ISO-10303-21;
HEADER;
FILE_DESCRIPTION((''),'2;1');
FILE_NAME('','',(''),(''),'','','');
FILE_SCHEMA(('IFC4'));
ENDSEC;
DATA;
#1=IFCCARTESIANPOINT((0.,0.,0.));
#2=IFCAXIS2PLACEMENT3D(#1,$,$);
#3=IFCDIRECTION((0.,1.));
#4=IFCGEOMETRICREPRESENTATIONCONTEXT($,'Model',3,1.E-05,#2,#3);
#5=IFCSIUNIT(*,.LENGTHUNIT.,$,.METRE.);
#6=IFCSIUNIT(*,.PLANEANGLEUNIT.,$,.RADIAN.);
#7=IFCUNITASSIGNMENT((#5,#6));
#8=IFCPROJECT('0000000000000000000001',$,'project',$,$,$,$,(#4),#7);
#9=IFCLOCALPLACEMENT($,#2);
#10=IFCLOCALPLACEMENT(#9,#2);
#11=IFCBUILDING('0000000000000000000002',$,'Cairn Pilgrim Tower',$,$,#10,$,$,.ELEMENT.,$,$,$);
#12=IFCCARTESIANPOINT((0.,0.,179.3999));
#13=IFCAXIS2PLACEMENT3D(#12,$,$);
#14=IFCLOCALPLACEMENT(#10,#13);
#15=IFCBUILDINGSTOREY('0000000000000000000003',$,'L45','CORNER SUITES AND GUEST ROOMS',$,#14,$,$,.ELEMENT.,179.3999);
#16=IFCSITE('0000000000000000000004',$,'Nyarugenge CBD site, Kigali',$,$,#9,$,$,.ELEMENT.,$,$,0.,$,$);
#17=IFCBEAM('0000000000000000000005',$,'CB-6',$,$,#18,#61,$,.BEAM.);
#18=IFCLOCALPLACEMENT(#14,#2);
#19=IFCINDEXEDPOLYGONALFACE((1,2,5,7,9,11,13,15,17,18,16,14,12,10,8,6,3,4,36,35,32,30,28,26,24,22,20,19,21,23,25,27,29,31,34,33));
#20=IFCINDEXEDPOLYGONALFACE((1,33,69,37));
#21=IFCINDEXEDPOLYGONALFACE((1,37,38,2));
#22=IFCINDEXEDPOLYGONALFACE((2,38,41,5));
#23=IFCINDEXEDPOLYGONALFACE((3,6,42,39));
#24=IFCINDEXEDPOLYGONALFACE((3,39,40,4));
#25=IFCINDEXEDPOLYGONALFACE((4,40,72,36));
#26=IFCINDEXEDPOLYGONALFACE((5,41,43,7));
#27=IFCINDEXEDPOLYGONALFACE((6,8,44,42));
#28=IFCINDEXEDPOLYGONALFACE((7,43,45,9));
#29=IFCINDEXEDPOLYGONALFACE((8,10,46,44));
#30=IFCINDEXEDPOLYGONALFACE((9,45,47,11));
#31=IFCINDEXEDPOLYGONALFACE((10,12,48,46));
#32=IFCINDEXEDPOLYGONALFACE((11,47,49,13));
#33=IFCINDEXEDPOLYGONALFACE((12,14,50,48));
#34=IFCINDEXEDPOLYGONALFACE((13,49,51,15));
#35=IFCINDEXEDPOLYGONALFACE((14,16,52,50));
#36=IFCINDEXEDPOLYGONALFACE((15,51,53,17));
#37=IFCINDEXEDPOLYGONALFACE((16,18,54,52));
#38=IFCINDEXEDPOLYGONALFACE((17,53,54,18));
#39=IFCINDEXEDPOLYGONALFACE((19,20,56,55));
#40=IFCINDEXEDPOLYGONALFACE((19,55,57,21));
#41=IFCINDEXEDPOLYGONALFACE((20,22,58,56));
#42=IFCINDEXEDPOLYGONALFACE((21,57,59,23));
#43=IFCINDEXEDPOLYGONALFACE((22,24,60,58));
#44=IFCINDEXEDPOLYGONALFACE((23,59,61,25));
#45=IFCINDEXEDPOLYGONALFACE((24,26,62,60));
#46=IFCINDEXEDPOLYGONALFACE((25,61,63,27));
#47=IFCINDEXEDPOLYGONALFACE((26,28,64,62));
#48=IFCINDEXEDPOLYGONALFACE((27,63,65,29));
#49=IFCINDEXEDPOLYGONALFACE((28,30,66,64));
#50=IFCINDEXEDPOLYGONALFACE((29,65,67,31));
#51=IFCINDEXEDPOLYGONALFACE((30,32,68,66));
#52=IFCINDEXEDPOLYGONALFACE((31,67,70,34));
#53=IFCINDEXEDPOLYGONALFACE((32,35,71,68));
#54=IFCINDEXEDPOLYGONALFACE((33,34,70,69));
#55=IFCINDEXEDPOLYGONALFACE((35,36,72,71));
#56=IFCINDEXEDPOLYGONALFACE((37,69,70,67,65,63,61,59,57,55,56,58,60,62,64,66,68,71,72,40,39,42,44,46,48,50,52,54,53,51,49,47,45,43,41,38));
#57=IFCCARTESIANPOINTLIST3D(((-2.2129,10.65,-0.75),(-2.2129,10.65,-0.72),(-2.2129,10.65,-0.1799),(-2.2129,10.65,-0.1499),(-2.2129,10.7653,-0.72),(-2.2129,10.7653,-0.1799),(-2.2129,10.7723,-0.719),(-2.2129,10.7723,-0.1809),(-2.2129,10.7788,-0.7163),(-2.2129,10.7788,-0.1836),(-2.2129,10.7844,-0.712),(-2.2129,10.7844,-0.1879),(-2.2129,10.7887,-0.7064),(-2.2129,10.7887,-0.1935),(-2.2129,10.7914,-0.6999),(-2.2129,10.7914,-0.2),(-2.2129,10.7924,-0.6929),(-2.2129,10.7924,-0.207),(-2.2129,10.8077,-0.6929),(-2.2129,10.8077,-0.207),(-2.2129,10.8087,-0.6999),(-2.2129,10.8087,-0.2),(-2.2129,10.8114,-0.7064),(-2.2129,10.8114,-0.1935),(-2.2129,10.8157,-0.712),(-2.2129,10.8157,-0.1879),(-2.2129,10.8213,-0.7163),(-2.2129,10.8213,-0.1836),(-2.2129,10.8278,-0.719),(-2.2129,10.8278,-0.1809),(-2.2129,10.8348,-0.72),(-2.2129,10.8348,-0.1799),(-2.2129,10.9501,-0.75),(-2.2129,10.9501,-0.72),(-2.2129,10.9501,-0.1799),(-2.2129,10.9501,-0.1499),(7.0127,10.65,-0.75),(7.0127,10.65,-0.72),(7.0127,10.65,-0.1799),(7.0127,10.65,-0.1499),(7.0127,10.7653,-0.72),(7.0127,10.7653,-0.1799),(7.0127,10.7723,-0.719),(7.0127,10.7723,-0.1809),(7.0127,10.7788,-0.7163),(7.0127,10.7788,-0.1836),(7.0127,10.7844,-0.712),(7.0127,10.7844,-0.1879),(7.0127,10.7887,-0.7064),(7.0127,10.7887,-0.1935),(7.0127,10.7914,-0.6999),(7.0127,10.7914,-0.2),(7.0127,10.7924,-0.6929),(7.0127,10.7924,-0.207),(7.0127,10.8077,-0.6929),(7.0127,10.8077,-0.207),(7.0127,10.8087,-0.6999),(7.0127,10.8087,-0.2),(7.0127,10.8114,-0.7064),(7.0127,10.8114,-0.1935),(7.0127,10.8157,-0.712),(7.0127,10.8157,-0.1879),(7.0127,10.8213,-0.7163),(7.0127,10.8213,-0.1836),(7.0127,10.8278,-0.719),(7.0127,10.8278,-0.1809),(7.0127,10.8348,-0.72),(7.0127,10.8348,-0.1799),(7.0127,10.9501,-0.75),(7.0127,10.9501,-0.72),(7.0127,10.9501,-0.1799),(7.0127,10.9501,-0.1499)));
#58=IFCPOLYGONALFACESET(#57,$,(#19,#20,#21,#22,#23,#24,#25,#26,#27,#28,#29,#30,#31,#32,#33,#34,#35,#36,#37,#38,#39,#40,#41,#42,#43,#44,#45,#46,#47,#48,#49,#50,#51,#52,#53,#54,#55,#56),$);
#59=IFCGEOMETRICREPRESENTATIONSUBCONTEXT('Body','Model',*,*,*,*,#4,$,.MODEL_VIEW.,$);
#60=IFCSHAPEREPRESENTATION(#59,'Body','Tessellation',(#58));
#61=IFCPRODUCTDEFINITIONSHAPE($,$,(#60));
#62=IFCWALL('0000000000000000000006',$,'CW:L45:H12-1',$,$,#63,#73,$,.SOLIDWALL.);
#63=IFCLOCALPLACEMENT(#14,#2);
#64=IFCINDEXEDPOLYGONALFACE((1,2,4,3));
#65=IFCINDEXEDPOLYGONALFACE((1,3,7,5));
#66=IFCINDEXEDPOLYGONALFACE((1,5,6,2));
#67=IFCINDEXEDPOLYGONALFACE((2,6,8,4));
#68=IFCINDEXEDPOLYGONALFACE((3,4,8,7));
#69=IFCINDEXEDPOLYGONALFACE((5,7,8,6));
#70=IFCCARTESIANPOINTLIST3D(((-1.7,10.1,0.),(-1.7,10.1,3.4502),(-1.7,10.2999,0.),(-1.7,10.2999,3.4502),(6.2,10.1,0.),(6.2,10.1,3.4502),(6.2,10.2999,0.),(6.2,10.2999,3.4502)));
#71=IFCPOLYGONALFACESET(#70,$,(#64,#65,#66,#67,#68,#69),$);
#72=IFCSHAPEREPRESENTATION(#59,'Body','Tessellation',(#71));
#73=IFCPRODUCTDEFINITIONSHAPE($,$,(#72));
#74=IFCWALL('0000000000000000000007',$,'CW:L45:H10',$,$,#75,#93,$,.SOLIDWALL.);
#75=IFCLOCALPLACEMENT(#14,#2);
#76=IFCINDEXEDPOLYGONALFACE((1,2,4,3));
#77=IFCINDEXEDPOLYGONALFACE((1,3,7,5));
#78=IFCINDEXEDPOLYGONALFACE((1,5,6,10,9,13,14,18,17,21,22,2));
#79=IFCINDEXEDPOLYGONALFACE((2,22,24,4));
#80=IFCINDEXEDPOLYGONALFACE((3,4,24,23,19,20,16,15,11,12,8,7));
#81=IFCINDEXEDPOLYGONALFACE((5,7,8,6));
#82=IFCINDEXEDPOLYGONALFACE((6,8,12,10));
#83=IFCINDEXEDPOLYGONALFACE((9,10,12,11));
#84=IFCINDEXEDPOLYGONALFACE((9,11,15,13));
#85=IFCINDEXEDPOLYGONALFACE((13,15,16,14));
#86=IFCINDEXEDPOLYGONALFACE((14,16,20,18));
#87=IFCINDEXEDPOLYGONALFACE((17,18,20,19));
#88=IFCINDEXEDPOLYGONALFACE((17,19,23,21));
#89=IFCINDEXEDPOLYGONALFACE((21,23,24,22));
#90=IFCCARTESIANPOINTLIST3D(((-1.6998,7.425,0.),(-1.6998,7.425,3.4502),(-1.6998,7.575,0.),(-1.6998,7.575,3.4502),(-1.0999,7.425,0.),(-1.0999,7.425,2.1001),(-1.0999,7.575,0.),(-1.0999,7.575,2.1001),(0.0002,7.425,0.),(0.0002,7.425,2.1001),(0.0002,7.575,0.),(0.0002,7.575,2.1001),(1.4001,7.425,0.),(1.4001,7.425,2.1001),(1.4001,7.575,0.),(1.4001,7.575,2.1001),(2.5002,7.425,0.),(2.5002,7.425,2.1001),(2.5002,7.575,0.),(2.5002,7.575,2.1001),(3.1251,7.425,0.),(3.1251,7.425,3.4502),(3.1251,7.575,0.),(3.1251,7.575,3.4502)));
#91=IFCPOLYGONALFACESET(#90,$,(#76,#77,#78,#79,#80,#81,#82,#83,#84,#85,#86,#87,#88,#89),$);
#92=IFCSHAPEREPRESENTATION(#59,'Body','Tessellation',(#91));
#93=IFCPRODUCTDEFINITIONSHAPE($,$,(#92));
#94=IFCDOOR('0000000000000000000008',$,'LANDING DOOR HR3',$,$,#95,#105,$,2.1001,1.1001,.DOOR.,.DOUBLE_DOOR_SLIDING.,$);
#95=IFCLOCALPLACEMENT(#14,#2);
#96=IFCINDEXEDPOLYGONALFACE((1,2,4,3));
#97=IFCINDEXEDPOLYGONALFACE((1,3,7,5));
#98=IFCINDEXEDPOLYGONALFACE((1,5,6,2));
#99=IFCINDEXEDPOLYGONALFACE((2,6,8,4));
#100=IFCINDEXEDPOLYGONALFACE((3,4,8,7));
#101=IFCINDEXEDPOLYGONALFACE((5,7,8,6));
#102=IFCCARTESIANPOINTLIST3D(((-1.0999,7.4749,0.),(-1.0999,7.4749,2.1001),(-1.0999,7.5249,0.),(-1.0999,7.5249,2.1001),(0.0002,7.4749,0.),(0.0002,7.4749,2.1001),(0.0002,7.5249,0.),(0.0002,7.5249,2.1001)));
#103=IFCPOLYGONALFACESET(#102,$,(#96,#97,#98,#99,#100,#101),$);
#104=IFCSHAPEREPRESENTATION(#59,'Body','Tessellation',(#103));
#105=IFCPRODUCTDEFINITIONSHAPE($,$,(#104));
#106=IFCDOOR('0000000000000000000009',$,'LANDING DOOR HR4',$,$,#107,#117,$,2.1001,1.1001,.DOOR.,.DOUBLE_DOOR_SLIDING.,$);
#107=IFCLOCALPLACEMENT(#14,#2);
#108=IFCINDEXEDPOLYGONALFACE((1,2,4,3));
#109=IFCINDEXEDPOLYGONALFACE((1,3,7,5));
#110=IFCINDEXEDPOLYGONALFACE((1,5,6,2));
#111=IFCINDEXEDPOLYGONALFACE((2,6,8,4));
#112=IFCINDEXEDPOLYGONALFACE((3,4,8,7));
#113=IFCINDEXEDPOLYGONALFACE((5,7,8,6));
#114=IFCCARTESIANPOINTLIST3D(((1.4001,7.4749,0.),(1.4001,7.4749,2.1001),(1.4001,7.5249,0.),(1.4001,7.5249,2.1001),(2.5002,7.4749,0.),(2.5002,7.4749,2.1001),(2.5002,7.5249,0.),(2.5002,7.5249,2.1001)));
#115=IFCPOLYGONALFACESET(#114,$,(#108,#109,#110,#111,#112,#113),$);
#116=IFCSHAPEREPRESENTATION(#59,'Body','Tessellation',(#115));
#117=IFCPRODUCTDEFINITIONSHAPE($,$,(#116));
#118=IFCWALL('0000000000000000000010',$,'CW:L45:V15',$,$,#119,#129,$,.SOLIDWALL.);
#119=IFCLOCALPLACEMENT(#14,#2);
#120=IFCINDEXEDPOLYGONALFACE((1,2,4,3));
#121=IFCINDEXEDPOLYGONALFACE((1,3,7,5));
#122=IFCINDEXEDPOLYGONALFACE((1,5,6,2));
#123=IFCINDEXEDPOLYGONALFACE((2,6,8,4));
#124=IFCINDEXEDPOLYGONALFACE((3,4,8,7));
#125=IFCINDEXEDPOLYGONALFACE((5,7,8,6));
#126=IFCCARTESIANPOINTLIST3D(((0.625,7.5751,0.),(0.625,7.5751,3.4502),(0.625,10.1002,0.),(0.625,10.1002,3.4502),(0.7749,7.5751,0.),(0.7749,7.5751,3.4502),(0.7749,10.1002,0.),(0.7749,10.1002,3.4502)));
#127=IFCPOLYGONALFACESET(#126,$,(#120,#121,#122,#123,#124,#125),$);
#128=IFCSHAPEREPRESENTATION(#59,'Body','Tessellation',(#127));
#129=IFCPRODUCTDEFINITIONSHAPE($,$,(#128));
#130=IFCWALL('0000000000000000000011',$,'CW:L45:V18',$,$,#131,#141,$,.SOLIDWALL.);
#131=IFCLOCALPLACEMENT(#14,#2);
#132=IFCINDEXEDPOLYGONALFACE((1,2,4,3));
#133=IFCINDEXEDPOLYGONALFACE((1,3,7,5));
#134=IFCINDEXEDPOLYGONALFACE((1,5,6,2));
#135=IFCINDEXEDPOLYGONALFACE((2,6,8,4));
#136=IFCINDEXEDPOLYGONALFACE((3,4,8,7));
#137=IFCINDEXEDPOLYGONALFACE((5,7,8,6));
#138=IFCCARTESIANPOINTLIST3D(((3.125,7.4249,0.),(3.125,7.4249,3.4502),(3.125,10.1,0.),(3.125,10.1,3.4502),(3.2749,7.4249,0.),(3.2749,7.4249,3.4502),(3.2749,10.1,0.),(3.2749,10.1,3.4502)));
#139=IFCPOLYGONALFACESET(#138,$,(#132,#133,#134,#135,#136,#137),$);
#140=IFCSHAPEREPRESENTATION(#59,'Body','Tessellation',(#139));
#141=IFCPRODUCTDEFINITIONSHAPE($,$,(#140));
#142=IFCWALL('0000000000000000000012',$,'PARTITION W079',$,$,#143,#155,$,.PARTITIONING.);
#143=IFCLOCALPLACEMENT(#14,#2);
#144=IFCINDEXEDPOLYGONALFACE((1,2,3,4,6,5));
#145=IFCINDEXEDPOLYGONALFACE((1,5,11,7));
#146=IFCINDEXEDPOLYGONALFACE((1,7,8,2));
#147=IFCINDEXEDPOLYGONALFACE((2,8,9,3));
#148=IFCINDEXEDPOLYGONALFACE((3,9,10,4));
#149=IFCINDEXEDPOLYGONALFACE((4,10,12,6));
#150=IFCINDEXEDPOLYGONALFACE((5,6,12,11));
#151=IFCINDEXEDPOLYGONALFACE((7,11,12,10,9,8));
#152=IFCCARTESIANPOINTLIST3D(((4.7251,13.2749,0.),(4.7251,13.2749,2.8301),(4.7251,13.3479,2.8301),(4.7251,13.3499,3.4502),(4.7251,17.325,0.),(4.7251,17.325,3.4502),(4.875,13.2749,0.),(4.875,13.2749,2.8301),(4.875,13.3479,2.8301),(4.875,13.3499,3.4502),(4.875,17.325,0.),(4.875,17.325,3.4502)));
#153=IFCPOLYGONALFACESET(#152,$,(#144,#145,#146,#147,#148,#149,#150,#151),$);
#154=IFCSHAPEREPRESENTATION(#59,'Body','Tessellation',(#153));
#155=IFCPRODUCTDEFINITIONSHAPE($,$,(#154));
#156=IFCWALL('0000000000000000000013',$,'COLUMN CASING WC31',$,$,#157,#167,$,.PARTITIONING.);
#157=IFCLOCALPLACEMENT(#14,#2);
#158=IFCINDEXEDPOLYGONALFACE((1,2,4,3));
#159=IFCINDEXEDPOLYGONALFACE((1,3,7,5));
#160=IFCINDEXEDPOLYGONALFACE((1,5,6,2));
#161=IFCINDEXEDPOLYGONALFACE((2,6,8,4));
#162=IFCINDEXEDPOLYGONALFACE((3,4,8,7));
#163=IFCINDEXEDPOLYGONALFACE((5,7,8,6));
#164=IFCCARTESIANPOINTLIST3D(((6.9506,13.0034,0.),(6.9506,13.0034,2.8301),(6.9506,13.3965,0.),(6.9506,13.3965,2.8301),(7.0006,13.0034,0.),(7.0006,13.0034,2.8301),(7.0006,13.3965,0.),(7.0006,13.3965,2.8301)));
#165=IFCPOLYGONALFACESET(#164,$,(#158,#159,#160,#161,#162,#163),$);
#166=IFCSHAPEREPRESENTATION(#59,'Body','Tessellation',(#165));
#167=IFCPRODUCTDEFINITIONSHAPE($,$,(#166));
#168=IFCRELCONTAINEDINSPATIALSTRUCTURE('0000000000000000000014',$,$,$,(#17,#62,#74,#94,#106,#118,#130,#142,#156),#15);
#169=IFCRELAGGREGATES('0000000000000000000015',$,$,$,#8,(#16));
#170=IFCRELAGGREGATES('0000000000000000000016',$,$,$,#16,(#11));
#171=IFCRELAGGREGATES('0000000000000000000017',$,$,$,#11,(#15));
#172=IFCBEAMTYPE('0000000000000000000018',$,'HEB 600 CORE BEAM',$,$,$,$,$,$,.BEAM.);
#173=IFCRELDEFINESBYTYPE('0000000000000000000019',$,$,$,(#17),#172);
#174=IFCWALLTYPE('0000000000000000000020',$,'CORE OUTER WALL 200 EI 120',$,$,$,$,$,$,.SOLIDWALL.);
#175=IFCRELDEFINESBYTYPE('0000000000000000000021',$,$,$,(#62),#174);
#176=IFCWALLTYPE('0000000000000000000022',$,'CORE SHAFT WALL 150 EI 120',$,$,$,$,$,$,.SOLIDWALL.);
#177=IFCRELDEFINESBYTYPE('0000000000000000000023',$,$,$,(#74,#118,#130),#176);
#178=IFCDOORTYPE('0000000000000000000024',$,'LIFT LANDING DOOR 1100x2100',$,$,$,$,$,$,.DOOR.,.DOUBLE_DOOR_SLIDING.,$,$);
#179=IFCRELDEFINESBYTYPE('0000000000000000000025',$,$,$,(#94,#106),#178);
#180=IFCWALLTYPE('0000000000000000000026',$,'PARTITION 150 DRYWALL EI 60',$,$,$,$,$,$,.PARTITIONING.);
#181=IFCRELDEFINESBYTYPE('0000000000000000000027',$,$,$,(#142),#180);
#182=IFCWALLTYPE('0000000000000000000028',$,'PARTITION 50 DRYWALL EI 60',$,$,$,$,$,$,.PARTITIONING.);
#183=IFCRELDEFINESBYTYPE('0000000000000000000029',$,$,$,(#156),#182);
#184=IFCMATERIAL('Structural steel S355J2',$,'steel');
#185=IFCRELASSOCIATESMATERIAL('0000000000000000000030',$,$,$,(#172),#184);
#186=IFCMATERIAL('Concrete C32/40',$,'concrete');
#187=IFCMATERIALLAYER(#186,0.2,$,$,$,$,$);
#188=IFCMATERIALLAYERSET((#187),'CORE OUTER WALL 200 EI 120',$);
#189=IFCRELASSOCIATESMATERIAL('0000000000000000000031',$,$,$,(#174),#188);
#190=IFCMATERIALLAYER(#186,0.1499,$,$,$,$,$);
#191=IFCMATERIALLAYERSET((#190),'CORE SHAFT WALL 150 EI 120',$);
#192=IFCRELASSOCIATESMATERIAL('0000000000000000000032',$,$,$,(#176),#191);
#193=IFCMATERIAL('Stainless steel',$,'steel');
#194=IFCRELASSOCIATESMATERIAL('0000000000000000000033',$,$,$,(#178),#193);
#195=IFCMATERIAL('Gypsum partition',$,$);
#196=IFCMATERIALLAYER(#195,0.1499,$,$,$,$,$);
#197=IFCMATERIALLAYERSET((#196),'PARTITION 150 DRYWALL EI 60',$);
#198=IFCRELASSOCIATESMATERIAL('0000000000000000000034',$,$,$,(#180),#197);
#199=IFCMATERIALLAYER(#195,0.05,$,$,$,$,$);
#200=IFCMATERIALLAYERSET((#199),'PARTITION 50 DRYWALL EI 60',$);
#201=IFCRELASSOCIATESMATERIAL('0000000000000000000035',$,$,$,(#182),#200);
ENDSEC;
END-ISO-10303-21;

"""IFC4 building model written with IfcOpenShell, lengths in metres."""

from ifc_helpers import new_model, si_unit, direction, frame, frame_2d, origin, origin_2d, place, context, subcontext, project, spatial, polyline, rectangle, i_section, outline, extrude, material, layer, layer_set, material_profile, profile_set, type_object, element, fill, save


model = new_model("IFC4")

# Units and contexts
model_context = context("Model", 3, precision=1e-05, world=origin(), true_north=direction((0.0, 1.0)))
body_context = subcontext(model_context, "Body", "Model", "MODEL_VIEW")
ifc_project = project(units=[si_unit("LENGTHUNIT", "METRE"), si_unit("PLANEANGLEUNIT", "RADIAN")], contexts=[model_context])

# Site, building, storey
site_placement = place(None, origin())
site = spatial("IfcSite", under=ifc_project, at=site_placement, Name="Nyarugenge CBD site, Kigali", CompositionType="ELEMENT", RefElevation=0.0)
building_placement = place(site_placement, origin())
building = spatial("IfcBuilding", under=site, at=building_placement, Name="Cairn Pilgrim Tower", CompositionType="ELEMENT")
storey_placement = place(building_placement, frame((0.0, 0.0, 179.3999)))
storey = spatial("IfcBuildingStorey", under=building, at=storey_placement, Name="L45", Description="CORNER SUITES AND GUEST ROOMS", CompositionType="ELEMENT", Elevation=179.3999)

# Beam
ifc_material_1 = material(Name="Structural steel S355J2", Category="steel")
ifc_material_profile = material_profile(ifc_material_1, i_section(OverallWidth=0.3, OverallDepth=0.6001, WebThickness=0.0154, FlangeThickness=0.03, FilletRadius=0.0271, at=origin_2d()), Name="HEB 600")
ifc_profile_set = profile_set([ifc_material_profile], Name="Structural steel S355J2")
beam_type = type_object("IfcBeamType", Name="HEB 600 CORE BEAM", PredefinedType="BEAM", material=ifc_profile_set)
beam_placement = place(storey_placement, frame((7.0127, 10.8, -0.45), z_axis=(-1.0, 0.0, 0.0), x_axis=(0.0, -1.0, 0.0)))
element("IfcBeam", 1, at=beam_placement, inside=storey, type_object=beam_type, Name="CB-6", PredefinedType="BEAM", context=body_context, shape_type="SweptSolid", body=[
    extrude(i_section(OverallWidth=0.3, OverallDepth=0.6001, WebThickness=0.0154, FlangeThickness=0.03, FilletRadius=0.0271, at=origin_2d()), origin(), (0.0, 0.0, 1.0), 9.2256),
])

# Wall
ifc_material_2 = material(Name="Concrete C32/40", Category="concrete")
ifc_layer_1 = layer(ifc_material_2, 0.2)
ifc_layer_set_1 = layer_set([ifc_layer_1], Name="CORE OUTER WALL 200 EI 120")
wall_type_1 = type_object("IfcWallType", Name="CORE OUTER WALL 200 EI 120", PredefinedType="SOLIDWALL", material=ifc_layer_set_1)
wall_1_placement = place(storey_placement, frame((-1.7, 10.2, 0.0), z_axis=(0.0, 0.0, 1.0), x_axis=(1.0, 0.0, 0.0)))
element("IfcWall", 2, at=wall_1_placement, inside=storey, type_object=wall_type_1, Name="CW:L45:H12-1", PredefinedType="SOLIDWALL", context=body_context, shape_type="SweptSolid", body=[
    extrude(rectangle(XDim=7.8999, YDim=0.2, at=frame_2d((3.95, 0.0))), origin(), (0.0, 0.0, 1.0), 3.4502),
])

# Wall, openings, doors
ifc_layer_2 = layer(ifc_material_2, 0.1499)
ifc_layer_set_2 = layer_set([ifc_layer_2], Name="CORE SHAFT WALL 150 EI 120")
wall_type_2 = type_object("IfcWallType", Name="CORE SHAFT WALL 150 EI 120", PredefinedType="SOLIDWALL", material=ifc_layer_set_2)
wall_2_placement = place(storey_placement, frame((-1.7, 7.5, 0.0), z_axis=(0.0, 0.0, 1.0), x_axis=(1.0, 0.0, 0.0)))
wall_2 = element("IfcWall", 3, at=wall_2_placement, inside=storey, type_object=wall_type_2, Name="CW:L45:H10", PredefinedType="SOLIDWALL", context=body_context, shape_type="SweptSolid", body=[
    extrude(rectangle(XDim=4.825, YDim=0.1499, at=frame_2d((2.4126, 0.0))), origin(), (0.0, 0.0, 1.0), 3.4502),
])
opening_1_placement = place(wall_2_placement, frame((0.6001, 0.0, 0.0)))
opening_1 = element("IfcOpeningElement", 4, at=opening_1_placement, cuts=wall_2, PredefinedType="OPENING", context=body_context, shape_type="SweptSolid", body=[
    extrude(rectangle(XDim=1.1001, YDim=2.1001, at=frame_2d((0.55, 1.05))), frame((0.0, 0.085, 0.0), z_axis=(0.0, -1.0, 0.0), x_axis=(1.0, 0.0, 0.0)), (0.0, 0.0, 1.0), 0.1699),
])
opening_2_placement = place(wall_2_placement, frame((3.1001, 0.0, 0.0)))
opening_2 = element("IfcOpeningElement", 5, at=opening_2_placement, cuts=wall_2, PredefinedType="OPENING", context=body_context, shape_type="SweptSolid", body=[
    extrude(rectangle(XDim=1.1001, YDim=2.1001, at=frame_2d((0.55, 1.05))), frame((0.0, 0.085, 0.0), z_axis=(0.0, -1.0, 0.0), x_axis=(1.0, 0.0, 0.0)), (0.0, 0.0, 1.0), 0.1699),
])
ifc_material_3 = material(Name="Stainless steel", Category="steel")
door_type_1 = type_object("IfcDoorType", Name="LIFT LANDING DOOR 1100x2100", OperationType="DOUBLE_DOOR_SLIDING", PredefinedType="DOOR", material=ifc_material_3)
door_1_placement = place(opening_1_placement, origin())
door_1 = element("IfcDoor", 6, at=door_1_placement, inside=storey, type_object=door_type_1, Name="LANDING DOOR HR3", OperationType="DOUBLE_DOOR_SLIDING", OverallHeight=2.1001, OverallWidth=1.1001, PredefinedType="DOOR", context=body_context, shape_type="SweptSolid", body=[
    extrude(rectangle(XDim=1.1001, YDim=2.1001, at=frame_2d((0.55, 1.05))), frame((0.0, 0.0249, 0.0), z_axis=(0.0, -1.0, 0.0), x_axis=(1.0, 0.0, 0.0)), (0.0, 0.0, 1.0), 0.05),
])
fill(opening_1, door_1)
door_2_placement = place(opening_2_placement, origin())
door_2 = element("IfcDoor", 7, at=door_2_placement, inside=storey, type_object=door_type_1, Name="LANDING DOOR HR4", OperationType="DOUBLE_DOOR_SLIDING", OverallHeight=2.1001, OverallWidth=1.1001, PredefinedType="DOOR", context=body_context, shape_type="SweptSolid", body=[
    extrude(rectangle(XDim=1.1001, YDim=2.1001, at=frame_2d((0.55, 1.05))), frame((0.0, 0.0249, 0.0), z_axis=(0.0, -1.0, 0.0), x_axis=(1.0, 0.0, 0.0)), (0.0, 0.0, 1.0), 0.05),
])
fill(opening_2, door_2)

# Walls
wall_3_placement = place(storey_placement, frame((0.7, 7.575, 0.0), z_axis=(0.0, 0.0, 1.0), x_axis=(0.0, 1.0, 0.0)))
element("IfcWall", 8, at=wall_3_placement, inside=storey, type_object=wall_type_2, Name="CW:L45:V15", PredefinedType="SOLIDWALL", context=body_context, shape_type="SweptSolid", body=[
    extrude(rectangle(XDim=2.5251, YDim=0.1499, at=frame_2d((1.2627, 0.0))), origin(), (0.0, 0.0, 1.0), 3.4502),
])
wall_4_placement = place(storey_placement, frame((3.2, 7.425, 0.0), z_axis=(0.0, 0.0, 1.0), x_axis=(0.0, 1.0, 0.0)))
element("IfcWall", 9, at=wall_4_placement, inside=storey, type_object=wall_type_2, Name="CW:L45:V18", PredefinedType="SOLIDWALL", context=body_context, shape_type="SweptSolid", body=[
    extrude(rectangle(XDim=2.675, YDim=0.1499, at=frame_2d((1.3374, 0.0))), origin(), (0.0, 0.0, 1.0), 3.4502),
])
ifc_material_4 = material(Name="Gypsum partition")
ifc_layer_3 = layer(ifc_material_4, 0.1499)
ifc_layer_set_3 = layer_set([ifc_layer_3], Name="PARTITION 150 DRYWALL EI 60")
wall_type_3 = type_object("IfcWallType", Name="PARTITION 150 DRYWALL EI 60", PredefinedType="PARTITIONING", material=ifc_layer_set_3)
wall_5_placement = place(storey_placement, frame((4.8, 13.2749, 0.0), z_axis=(0.0, 0.0, 1.0), x_axis=(0.0, 1.0, 0.0)))
element("IfcWall", 10, at=wall_5_placement, inside=storey, type_object=wall_type_3, Name="PARTITION W079", PredefinedType="PARTITIONING", context=body_context, shape_type="SweptSolid", body=[
    extrude(outline(polyline([(0.0, 0.0), (4.05, 0.0), (4.05, 3.4502), (0.075, 3.4502), (0.073, 2.8301), (0.0, 2.8301), (0.0, 0.0)])), frame((0.0, 0.075, 0.0), z_axis=(0.0, -1.0, 0.0), x_axis=(1.0, 0.0, 0.0)), (0.0, 0.0, 1.0), 0.1499),
])
ifc_layer_4 = layer(ifc_material_4, 0.05)
ifc_layer_set_4 = layer_set([ifc_layer_4], Name="PARTITION 50 DRYWALL EI 60")
wall_type_4 = type_object("IfcWallType", Name="PARTITION 50 DRYWALL EI 60", PredefinedType="PARTITIONING", material=ifc_layer_set_4)
wall_6_placement = place(storey_placement, frame((6.9756, 13.0034, 0.0), z_axis=(0.0, 0.0, 1.0), x_axis=(0.0, 1.0, 0.0)))
element("IfcWall", 11, at=wall_6_placement, inside=storey, type_object=wall_type_4, Name="COLUMN CASING WC31", PredefinedType="PARTITIONING", context=body_context, shape_type="SweptSolid", body=[
    extrude(rectangle(XDim=0.3931, YDim=0.05, at=frame_2d((0.1965, 0.0))), origin(), (0.0, 0.0, 1.0), 2.8301),
])

save(model, "model.ifc")
